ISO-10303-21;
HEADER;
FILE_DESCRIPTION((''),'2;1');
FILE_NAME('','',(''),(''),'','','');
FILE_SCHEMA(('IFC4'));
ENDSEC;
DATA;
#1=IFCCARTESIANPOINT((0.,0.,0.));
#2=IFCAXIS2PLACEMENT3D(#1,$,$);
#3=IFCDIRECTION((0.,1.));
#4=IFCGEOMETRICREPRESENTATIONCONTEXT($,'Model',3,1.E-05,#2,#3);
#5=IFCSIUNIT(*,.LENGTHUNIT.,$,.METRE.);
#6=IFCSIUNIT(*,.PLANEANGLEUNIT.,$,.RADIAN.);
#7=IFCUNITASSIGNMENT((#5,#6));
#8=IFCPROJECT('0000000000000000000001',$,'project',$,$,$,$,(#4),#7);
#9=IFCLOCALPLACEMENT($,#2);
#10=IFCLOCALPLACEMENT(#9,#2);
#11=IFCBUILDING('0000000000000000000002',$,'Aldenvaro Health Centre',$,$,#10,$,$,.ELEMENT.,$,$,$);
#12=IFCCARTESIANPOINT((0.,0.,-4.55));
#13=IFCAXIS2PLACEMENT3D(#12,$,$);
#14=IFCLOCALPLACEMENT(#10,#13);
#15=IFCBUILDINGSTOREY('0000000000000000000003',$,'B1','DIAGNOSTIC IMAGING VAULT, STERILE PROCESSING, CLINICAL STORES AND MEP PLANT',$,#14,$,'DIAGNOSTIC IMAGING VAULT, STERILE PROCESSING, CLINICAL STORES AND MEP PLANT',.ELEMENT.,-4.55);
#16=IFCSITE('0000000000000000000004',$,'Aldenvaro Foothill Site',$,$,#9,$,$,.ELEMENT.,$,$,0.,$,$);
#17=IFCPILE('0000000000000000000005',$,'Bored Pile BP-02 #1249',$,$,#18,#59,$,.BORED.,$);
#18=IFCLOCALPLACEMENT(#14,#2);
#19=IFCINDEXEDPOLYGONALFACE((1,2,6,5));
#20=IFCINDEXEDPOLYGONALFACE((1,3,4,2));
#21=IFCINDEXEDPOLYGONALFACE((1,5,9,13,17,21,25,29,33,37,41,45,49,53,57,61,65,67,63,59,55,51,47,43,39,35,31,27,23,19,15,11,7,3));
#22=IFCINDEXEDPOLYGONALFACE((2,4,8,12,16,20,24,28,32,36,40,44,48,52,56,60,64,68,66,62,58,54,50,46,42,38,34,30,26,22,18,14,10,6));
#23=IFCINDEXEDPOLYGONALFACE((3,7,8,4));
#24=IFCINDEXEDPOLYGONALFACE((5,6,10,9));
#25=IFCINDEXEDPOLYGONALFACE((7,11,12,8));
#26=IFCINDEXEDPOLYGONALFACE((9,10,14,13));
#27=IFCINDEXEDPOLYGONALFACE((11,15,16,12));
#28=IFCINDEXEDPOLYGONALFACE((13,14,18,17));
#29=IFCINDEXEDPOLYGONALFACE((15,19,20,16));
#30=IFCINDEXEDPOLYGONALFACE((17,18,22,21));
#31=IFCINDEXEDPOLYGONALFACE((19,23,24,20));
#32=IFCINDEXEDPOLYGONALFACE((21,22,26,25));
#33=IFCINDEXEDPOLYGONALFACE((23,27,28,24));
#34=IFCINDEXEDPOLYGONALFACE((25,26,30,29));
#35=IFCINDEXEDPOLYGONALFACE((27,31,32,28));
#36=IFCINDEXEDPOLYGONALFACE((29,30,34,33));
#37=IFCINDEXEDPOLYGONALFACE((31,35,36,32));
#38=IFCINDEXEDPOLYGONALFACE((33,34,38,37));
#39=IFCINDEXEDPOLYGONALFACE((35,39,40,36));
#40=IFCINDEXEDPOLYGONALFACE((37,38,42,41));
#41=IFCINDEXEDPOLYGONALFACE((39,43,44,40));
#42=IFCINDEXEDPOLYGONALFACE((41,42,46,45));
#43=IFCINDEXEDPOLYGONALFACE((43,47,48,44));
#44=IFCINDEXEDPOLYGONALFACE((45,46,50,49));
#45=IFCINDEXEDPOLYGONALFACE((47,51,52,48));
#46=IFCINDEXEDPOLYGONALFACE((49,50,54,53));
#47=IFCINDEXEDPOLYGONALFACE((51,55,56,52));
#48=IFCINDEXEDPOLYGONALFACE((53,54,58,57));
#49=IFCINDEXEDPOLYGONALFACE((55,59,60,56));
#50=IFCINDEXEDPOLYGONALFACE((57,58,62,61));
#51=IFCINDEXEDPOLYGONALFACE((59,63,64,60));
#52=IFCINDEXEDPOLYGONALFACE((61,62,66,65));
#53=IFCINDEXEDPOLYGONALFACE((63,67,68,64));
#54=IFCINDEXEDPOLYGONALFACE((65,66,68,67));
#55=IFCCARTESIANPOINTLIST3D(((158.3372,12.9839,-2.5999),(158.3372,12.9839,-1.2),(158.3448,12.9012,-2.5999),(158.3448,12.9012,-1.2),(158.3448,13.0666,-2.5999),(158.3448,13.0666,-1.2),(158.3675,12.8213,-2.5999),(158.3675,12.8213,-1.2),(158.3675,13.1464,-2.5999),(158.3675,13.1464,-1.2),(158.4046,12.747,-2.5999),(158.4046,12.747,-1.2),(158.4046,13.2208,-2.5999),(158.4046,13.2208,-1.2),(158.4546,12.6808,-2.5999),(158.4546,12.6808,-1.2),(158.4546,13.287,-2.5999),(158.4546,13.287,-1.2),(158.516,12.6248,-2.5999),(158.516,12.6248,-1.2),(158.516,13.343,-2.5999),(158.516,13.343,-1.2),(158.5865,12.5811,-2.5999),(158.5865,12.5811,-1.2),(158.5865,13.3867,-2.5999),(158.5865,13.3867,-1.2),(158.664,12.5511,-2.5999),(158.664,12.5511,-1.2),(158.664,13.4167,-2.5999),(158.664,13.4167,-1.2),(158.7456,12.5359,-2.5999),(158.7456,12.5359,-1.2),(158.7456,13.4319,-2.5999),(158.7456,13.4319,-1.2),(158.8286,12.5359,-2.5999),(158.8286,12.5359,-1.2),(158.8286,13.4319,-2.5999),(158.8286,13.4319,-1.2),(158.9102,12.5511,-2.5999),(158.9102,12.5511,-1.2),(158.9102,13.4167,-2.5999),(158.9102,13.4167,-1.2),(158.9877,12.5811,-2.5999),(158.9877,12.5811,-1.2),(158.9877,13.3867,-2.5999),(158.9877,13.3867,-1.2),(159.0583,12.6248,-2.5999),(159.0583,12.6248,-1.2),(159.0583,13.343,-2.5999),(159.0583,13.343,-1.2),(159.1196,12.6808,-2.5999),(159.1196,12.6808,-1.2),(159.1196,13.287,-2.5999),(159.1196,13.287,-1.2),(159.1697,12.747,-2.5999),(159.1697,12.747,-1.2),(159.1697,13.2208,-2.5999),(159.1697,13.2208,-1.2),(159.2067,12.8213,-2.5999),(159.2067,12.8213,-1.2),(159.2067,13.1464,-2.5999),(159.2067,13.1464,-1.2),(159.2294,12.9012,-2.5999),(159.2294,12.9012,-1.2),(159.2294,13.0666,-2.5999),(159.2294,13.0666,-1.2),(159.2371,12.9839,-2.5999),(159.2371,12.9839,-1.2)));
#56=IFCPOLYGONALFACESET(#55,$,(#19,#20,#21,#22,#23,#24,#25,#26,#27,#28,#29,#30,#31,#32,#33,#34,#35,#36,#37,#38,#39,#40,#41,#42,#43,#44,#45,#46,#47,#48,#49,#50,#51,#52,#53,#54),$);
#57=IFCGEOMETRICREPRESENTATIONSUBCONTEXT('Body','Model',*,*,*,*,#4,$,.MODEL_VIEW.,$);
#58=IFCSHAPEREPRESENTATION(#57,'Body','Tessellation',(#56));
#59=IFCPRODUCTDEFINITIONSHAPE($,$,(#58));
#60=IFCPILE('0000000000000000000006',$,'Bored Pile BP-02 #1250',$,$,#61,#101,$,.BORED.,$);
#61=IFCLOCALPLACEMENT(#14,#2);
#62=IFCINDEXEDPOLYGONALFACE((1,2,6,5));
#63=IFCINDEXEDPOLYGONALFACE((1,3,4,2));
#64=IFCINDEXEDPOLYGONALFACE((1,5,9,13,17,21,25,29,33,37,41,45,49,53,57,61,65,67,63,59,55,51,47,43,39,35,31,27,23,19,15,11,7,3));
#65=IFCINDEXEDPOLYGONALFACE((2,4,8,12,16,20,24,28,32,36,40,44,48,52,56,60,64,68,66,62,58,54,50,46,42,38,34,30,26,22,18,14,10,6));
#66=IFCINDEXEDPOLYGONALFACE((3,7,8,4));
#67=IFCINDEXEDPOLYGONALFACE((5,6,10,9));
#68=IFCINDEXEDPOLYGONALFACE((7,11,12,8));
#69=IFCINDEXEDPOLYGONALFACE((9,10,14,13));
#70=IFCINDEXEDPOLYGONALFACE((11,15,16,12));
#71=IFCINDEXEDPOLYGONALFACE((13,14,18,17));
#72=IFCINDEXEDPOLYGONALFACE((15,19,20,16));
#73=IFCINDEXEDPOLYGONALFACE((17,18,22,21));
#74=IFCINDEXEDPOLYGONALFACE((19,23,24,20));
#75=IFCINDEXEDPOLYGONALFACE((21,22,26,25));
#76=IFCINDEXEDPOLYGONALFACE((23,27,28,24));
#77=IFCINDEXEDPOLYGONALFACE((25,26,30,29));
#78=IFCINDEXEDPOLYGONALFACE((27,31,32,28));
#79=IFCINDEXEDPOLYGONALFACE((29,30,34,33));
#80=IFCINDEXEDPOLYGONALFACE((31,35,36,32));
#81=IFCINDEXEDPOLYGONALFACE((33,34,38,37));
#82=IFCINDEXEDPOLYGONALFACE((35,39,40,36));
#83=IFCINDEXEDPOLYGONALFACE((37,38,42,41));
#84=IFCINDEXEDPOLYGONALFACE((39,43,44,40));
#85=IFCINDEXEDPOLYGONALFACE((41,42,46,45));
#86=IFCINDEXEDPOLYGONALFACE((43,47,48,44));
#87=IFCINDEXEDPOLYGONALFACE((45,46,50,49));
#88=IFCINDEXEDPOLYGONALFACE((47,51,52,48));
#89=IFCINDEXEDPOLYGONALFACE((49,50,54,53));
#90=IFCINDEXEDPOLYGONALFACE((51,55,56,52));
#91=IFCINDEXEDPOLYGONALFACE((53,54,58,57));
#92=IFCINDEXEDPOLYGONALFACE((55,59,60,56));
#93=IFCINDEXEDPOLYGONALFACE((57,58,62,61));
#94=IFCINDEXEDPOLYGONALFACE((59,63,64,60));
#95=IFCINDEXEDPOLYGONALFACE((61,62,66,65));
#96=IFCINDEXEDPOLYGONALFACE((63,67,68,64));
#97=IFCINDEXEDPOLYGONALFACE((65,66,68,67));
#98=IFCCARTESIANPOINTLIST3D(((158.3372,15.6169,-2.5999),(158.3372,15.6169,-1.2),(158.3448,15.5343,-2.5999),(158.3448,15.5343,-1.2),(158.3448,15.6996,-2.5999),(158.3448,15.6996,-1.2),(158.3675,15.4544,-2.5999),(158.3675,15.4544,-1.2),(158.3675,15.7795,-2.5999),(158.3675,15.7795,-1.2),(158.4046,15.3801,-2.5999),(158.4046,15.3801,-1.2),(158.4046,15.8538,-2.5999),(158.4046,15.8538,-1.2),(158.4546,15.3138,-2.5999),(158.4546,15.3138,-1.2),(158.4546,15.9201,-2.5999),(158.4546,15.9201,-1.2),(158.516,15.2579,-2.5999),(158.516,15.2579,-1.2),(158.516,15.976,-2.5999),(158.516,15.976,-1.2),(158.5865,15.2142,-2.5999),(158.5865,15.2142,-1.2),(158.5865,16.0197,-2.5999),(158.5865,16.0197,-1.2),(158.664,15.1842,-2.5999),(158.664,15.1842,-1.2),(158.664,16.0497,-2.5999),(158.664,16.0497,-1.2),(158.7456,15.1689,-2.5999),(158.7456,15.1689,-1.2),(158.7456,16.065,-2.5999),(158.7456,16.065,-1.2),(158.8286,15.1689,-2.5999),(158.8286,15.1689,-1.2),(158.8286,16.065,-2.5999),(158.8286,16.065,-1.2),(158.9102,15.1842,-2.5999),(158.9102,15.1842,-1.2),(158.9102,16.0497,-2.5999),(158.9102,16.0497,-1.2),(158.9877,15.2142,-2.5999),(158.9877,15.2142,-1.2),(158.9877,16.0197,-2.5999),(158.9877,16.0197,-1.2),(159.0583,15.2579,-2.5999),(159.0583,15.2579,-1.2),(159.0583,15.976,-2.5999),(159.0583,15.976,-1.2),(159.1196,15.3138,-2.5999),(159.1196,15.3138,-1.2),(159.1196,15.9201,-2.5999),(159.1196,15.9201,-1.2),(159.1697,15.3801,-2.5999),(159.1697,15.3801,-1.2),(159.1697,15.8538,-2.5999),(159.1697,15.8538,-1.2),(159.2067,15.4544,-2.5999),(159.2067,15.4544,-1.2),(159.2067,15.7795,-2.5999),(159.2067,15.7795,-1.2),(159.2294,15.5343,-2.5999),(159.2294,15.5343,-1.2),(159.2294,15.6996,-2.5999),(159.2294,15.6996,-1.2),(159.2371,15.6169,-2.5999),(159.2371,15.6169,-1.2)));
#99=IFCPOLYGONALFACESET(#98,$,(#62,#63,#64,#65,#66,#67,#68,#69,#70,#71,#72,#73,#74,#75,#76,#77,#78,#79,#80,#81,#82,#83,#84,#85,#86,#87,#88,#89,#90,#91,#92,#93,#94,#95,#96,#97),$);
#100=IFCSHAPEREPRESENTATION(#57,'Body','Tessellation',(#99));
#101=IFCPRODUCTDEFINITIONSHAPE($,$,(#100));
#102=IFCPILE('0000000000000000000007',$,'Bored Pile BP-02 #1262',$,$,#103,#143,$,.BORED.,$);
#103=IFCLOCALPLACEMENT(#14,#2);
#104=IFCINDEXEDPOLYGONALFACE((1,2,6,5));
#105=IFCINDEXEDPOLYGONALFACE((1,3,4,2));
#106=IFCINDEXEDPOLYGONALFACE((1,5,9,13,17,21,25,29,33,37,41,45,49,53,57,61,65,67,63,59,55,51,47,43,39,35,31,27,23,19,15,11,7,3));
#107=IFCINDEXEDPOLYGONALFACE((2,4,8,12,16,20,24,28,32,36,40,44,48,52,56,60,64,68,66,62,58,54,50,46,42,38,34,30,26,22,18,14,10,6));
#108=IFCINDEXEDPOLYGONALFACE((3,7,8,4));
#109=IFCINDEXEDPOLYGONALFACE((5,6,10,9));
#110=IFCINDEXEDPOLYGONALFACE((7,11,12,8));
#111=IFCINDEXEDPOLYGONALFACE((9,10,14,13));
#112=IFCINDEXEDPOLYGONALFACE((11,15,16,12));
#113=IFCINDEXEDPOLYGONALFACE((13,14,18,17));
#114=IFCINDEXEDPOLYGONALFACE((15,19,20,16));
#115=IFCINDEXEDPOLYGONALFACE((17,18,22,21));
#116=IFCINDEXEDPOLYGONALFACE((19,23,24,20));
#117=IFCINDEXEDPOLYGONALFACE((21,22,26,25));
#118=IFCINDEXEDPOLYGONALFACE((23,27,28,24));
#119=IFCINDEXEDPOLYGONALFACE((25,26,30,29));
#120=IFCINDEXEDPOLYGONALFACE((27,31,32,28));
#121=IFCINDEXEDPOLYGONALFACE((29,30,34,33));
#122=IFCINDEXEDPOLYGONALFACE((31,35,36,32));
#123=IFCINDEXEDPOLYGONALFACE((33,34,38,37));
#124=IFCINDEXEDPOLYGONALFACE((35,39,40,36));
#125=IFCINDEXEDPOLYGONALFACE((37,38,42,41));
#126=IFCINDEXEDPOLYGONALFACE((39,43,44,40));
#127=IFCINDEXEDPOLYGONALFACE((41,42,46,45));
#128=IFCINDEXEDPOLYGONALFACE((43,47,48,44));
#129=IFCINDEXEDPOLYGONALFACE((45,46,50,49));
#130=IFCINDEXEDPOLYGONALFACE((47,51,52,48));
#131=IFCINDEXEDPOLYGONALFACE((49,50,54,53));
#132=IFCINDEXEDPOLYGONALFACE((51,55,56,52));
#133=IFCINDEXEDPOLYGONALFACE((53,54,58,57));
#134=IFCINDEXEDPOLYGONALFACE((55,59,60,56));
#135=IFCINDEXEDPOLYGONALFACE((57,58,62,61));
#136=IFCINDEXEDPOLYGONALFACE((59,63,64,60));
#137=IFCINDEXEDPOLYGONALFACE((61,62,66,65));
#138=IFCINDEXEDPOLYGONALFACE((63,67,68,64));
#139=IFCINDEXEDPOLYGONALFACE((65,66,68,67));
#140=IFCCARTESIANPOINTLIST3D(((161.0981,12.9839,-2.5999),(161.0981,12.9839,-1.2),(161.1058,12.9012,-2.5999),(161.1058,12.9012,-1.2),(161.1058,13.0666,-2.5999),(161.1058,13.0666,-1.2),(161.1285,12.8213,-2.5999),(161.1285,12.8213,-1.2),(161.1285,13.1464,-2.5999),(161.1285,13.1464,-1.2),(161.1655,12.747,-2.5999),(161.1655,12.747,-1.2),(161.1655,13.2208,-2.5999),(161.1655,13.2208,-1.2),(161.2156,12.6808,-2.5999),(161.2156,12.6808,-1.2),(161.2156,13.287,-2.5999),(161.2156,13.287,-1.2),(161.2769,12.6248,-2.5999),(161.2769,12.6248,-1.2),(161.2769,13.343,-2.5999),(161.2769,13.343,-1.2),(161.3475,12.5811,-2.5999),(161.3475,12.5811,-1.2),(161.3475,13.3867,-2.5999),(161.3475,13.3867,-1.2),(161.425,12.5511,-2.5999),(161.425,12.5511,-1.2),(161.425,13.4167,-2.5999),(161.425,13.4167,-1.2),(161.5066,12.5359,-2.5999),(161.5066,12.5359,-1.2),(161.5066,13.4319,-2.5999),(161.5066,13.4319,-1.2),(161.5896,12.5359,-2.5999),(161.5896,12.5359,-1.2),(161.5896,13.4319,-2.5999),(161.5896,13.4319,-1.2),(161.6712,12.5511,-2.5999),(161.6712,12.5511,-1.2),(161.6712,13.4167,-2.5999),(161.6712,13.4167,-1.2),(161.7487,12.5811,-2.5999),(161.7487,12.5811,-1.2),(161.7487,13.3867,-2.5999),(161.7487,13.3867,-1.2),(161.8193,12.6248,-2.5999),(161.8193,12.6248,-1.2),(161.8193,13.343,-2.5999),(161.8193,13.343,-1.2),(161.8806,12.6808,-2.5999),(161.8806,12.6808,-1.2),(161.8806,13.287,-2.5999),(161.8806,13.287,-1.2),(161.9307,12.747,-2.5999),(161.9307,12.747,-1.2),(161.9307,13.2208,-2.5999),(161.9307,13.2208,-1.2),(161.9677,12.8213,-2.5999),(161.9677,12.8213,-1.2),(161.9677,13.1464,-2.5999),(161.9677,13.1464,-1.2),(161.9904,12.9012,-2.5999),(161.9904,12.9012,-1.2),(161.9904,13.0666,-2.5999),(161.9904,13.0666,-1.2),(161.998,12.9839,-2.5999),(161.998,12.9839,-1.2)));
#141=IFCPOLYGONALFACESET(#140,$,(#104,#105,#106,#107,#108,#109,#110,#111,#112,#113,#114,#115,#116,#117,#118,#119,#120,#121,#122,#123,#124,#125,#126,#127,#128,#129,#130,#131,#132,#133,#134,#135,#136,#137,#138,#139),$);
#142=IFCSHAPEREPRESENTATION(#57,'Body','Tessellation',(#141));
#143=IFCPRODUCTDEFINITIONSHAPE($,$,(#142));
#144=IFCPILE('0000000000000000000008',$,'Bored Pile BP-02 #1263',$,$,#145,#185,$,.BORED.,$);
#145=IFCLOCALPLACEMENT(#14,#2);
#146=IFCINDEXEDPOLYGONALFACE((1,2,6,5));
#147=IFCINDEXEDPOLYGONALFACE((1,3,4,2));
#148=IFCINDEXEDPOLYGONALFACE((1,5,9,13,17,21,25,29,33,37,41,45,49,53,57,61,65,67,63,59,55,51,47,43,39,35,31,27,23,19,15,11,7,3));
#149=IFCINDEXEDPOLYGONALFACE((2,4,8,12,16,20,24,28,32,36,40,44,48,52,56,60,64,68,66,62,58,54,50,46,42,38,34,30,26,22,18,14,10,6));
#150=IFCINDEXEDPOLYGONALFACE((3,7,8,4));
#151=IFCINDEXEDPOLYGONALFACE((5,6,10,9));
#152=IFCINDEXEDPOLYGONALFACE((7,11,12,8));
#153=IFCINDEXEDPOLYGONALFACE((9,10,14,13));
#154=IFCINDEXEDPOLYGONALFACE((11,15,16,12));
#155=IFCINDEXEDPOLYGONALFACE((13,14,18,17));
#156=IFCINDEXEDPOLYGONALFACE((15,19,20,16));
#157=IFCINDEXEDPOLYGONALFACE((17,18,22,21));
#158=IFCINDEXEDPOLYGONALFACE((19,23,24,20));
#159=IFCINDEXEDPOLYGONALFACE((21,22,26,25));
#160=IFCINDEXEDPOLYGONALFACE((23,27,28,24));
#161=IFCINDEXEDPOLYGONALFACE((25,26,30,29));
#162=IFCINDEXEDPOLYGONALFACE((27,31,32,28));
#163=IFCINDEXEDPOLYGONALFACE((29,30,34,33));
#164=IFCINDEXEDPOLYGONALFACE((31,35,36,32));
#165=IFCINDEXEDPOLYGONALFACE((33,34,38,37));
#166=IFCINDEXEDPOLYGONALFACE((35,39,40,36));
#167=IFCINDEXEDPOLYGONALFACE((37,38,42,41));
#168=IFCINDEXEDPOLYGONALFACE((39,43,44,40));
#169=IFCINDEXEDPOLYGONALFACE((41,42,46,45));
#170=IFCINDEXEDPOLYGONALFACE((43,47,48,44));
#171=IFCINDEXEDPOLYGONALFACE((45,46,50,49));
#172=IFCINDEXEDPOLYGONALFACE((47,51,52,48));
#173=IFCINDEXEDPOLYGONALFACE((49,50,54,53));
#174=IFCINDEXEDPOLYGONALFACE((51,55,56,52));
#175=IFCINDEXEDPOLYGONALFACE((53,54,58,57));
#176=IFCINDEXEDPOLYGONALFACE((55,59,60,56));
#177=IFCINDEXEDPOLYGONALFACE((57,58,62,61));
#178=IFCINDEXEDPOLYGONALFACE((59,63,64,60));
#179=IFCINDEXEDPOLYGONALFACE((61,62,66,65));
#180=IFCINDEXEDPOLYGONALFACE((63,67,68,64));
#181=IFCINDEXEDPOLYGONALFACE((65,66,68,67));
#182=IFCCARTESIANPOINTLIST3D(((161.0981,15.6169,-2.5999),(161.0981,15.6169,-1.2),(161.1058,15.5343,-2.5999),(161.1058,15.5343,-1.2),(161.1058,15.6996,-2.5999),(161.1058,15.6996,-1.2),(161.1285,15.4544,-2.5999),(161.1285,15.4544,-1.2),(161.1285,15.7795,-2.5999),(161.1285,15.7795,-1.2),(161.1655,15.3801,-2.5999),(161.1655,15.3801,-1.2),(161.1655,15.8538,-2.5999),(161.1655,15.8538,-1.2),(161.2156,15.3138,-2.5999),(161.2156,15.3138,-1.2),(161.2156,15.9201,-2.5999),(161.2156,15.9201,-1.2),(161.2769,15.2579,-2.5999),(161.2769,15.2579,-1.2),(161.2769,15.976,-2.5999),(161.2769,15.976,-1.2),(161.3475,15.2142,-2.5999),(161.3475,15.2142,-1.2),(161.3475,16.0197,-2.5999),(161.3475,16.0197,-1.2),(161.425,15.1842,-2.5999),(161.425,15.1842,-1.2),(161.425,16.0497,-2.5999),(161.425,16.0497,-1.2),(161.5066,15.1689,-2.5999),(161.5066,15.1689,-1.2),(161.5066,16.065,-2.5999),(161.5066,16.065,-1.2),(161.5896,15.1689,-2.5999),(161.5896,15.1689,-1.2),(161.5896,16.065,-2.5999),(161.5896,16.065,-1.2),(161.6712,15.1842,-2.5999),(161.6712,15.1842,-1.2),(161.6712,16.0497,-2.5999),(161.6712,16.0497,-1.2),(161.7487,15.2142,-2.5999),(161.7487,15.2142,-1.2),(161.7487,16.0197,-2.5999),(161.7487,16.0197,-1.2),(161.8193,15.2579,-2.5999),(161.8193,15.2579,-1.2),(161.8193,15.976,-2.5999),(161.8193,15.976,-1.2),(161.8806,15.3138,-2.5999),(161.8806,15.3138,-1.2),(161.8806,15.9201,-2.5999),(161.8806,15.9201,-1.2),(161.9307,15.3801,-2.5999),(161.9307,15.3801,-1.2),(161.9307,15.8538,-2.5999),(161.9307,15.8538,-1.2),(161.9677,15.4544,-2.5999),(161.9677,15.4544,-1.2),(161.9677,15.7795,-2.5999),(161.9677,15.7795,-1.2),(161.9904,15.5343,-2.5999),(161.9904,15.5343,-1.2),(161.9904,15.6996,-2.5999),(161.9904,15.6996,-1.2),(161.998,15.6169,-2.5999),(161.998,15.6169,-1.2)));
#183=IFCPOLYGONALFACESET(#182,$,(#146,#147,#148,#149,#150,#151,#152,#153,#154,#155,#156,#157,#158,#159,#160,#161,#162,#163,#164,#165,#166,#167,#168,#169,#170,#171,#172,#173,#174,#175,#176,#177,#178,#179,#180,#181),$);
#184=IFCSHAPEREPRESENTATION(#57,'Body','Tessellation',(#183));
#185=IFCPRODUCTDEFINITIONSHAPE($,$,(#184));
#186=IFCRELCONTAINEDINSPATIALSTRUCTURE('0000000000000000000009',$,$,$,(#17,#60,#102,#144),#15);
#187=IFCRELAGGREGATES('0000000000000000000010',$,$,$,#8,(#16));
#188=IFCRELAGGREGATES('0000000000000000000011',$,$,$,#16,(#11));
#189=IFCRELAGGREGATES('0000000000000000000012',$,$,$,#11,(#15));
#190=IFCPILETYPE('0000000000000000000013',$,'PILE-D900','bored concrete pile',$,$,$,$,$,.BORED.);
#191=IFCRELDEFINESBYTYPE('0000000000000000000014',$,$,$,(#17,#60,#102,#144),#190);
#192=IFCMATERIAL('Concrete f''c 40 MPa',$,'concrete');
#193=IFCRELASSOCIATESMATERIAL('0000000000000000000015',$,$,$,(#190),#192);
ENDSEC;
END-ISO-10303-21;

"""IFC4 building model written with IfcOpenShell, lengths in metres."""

from ifc_helpers import new_model, si_unit, direction, frame, origin, origin_2d, place, context, subcontext, project, spatial, circle, extrude, material, material_profile, profile_set, type_object, element, save


model = new_model("IFC4")

# Units and contexts
model_context = context("Model", 3, precision=1e-05, world=origin(), true_north=direction((0.0, 1.0)))
body_context = subcontext(model_context, "Body", "Model", "MODEL_VIEW")
ifc_project = project(units=[si_unit("LENGTHUNIT", "METRE"), si_unit("PLANEANGLEUNIT", "RADIAN")], contexts=[model_context])

# Site, building, storey
site_placement = place(None, origin())
site = spatial("IfcSite", under=ifc_project, at=site_placement, Name="Aldenvaro Foothill Site", CompositionType="ELEMENT", RefElevation=0.0)
building_placement = place(site_placement, origin())
building = spatial("IfcBuilding", under=site, at=building_placement, Name="Aldenvaro Health Centre", CompositionType="ELEMENT")
storey_placement = place(building_placement, frame((0.0, 0.0, -4.55)))
storey = spatial("IfcBuildingStorey", under=building, at=storey_placement, Name="B1", Description="DIAGNOSTIC IMAGING VAULT, STERILE PROCESSING, CLINICAL STORES AND MEP PLANT", LongName="DIAGNOSTIC IMAGING VAULT, STERILE PROCESSING, CLINICAL STORES AND MEP PLANT", CompositionType="ELEMENT", Elevation=-4.55)

# Piles
ifc_material_1 = material(Name="Concrete f'c 40 MPa", Category="concrete")
ifc_material_profile_1 = material_profile(ifc_material_1, circle(Radius=0.45, at=origin_2d()), Name="PILE D900", Category="concrete")
ifc_profile_set_1 = profile_set([ifc_material_profile_1], Name="Concrete f'c 40 MPa")
pile_type = type_object("IfcPileType", Name="PILE-D900", Description="bored concrete pile", PredefinedType="BORED", material=ifc_profile_set_1)
for number, where, z_axis, x_axis, name in (
    (1, (158.7871, 12.9839, -1.2), (0.0, 0.0, -1.0), (1.0, 0.0, 0.0), "Bored Pile BP-02 #1249"),
    (2, (158.7871, 15.6169, -1.2), (0.0, 0.0, -1.0), (1.0, 0.0, 0.0), "Bored Pile BP-02 #1250"),
    (3, (161.5481, 12.9839, -1.2), (0.0, 0.0, -1.0), (1.0, 0.0, 0.0), "Bored Pile BP-02 #1262"),
    (4, (161.5481, 15.6169, -1.2), (0.0, 0.0, -1.0), (1.0, 0.0, 0.0), "Bored Pile BP-02 #1263"),
):
    element("IfcPile", number, at=place(storey_placement, frame(where, z_axis=z_axis, x_axis=x_axis)), inside=storey, type_object=pile_type, Name=name, PredefinedType="BORED", context=body_context, shape_type="SweptSolid", body=[
        extrude(circle(Radius=0.45, at=origin_2d()), origin(), (0.0, 0.0, 1.0), 1.3999),
    ])

save(model, "model.ifc")
